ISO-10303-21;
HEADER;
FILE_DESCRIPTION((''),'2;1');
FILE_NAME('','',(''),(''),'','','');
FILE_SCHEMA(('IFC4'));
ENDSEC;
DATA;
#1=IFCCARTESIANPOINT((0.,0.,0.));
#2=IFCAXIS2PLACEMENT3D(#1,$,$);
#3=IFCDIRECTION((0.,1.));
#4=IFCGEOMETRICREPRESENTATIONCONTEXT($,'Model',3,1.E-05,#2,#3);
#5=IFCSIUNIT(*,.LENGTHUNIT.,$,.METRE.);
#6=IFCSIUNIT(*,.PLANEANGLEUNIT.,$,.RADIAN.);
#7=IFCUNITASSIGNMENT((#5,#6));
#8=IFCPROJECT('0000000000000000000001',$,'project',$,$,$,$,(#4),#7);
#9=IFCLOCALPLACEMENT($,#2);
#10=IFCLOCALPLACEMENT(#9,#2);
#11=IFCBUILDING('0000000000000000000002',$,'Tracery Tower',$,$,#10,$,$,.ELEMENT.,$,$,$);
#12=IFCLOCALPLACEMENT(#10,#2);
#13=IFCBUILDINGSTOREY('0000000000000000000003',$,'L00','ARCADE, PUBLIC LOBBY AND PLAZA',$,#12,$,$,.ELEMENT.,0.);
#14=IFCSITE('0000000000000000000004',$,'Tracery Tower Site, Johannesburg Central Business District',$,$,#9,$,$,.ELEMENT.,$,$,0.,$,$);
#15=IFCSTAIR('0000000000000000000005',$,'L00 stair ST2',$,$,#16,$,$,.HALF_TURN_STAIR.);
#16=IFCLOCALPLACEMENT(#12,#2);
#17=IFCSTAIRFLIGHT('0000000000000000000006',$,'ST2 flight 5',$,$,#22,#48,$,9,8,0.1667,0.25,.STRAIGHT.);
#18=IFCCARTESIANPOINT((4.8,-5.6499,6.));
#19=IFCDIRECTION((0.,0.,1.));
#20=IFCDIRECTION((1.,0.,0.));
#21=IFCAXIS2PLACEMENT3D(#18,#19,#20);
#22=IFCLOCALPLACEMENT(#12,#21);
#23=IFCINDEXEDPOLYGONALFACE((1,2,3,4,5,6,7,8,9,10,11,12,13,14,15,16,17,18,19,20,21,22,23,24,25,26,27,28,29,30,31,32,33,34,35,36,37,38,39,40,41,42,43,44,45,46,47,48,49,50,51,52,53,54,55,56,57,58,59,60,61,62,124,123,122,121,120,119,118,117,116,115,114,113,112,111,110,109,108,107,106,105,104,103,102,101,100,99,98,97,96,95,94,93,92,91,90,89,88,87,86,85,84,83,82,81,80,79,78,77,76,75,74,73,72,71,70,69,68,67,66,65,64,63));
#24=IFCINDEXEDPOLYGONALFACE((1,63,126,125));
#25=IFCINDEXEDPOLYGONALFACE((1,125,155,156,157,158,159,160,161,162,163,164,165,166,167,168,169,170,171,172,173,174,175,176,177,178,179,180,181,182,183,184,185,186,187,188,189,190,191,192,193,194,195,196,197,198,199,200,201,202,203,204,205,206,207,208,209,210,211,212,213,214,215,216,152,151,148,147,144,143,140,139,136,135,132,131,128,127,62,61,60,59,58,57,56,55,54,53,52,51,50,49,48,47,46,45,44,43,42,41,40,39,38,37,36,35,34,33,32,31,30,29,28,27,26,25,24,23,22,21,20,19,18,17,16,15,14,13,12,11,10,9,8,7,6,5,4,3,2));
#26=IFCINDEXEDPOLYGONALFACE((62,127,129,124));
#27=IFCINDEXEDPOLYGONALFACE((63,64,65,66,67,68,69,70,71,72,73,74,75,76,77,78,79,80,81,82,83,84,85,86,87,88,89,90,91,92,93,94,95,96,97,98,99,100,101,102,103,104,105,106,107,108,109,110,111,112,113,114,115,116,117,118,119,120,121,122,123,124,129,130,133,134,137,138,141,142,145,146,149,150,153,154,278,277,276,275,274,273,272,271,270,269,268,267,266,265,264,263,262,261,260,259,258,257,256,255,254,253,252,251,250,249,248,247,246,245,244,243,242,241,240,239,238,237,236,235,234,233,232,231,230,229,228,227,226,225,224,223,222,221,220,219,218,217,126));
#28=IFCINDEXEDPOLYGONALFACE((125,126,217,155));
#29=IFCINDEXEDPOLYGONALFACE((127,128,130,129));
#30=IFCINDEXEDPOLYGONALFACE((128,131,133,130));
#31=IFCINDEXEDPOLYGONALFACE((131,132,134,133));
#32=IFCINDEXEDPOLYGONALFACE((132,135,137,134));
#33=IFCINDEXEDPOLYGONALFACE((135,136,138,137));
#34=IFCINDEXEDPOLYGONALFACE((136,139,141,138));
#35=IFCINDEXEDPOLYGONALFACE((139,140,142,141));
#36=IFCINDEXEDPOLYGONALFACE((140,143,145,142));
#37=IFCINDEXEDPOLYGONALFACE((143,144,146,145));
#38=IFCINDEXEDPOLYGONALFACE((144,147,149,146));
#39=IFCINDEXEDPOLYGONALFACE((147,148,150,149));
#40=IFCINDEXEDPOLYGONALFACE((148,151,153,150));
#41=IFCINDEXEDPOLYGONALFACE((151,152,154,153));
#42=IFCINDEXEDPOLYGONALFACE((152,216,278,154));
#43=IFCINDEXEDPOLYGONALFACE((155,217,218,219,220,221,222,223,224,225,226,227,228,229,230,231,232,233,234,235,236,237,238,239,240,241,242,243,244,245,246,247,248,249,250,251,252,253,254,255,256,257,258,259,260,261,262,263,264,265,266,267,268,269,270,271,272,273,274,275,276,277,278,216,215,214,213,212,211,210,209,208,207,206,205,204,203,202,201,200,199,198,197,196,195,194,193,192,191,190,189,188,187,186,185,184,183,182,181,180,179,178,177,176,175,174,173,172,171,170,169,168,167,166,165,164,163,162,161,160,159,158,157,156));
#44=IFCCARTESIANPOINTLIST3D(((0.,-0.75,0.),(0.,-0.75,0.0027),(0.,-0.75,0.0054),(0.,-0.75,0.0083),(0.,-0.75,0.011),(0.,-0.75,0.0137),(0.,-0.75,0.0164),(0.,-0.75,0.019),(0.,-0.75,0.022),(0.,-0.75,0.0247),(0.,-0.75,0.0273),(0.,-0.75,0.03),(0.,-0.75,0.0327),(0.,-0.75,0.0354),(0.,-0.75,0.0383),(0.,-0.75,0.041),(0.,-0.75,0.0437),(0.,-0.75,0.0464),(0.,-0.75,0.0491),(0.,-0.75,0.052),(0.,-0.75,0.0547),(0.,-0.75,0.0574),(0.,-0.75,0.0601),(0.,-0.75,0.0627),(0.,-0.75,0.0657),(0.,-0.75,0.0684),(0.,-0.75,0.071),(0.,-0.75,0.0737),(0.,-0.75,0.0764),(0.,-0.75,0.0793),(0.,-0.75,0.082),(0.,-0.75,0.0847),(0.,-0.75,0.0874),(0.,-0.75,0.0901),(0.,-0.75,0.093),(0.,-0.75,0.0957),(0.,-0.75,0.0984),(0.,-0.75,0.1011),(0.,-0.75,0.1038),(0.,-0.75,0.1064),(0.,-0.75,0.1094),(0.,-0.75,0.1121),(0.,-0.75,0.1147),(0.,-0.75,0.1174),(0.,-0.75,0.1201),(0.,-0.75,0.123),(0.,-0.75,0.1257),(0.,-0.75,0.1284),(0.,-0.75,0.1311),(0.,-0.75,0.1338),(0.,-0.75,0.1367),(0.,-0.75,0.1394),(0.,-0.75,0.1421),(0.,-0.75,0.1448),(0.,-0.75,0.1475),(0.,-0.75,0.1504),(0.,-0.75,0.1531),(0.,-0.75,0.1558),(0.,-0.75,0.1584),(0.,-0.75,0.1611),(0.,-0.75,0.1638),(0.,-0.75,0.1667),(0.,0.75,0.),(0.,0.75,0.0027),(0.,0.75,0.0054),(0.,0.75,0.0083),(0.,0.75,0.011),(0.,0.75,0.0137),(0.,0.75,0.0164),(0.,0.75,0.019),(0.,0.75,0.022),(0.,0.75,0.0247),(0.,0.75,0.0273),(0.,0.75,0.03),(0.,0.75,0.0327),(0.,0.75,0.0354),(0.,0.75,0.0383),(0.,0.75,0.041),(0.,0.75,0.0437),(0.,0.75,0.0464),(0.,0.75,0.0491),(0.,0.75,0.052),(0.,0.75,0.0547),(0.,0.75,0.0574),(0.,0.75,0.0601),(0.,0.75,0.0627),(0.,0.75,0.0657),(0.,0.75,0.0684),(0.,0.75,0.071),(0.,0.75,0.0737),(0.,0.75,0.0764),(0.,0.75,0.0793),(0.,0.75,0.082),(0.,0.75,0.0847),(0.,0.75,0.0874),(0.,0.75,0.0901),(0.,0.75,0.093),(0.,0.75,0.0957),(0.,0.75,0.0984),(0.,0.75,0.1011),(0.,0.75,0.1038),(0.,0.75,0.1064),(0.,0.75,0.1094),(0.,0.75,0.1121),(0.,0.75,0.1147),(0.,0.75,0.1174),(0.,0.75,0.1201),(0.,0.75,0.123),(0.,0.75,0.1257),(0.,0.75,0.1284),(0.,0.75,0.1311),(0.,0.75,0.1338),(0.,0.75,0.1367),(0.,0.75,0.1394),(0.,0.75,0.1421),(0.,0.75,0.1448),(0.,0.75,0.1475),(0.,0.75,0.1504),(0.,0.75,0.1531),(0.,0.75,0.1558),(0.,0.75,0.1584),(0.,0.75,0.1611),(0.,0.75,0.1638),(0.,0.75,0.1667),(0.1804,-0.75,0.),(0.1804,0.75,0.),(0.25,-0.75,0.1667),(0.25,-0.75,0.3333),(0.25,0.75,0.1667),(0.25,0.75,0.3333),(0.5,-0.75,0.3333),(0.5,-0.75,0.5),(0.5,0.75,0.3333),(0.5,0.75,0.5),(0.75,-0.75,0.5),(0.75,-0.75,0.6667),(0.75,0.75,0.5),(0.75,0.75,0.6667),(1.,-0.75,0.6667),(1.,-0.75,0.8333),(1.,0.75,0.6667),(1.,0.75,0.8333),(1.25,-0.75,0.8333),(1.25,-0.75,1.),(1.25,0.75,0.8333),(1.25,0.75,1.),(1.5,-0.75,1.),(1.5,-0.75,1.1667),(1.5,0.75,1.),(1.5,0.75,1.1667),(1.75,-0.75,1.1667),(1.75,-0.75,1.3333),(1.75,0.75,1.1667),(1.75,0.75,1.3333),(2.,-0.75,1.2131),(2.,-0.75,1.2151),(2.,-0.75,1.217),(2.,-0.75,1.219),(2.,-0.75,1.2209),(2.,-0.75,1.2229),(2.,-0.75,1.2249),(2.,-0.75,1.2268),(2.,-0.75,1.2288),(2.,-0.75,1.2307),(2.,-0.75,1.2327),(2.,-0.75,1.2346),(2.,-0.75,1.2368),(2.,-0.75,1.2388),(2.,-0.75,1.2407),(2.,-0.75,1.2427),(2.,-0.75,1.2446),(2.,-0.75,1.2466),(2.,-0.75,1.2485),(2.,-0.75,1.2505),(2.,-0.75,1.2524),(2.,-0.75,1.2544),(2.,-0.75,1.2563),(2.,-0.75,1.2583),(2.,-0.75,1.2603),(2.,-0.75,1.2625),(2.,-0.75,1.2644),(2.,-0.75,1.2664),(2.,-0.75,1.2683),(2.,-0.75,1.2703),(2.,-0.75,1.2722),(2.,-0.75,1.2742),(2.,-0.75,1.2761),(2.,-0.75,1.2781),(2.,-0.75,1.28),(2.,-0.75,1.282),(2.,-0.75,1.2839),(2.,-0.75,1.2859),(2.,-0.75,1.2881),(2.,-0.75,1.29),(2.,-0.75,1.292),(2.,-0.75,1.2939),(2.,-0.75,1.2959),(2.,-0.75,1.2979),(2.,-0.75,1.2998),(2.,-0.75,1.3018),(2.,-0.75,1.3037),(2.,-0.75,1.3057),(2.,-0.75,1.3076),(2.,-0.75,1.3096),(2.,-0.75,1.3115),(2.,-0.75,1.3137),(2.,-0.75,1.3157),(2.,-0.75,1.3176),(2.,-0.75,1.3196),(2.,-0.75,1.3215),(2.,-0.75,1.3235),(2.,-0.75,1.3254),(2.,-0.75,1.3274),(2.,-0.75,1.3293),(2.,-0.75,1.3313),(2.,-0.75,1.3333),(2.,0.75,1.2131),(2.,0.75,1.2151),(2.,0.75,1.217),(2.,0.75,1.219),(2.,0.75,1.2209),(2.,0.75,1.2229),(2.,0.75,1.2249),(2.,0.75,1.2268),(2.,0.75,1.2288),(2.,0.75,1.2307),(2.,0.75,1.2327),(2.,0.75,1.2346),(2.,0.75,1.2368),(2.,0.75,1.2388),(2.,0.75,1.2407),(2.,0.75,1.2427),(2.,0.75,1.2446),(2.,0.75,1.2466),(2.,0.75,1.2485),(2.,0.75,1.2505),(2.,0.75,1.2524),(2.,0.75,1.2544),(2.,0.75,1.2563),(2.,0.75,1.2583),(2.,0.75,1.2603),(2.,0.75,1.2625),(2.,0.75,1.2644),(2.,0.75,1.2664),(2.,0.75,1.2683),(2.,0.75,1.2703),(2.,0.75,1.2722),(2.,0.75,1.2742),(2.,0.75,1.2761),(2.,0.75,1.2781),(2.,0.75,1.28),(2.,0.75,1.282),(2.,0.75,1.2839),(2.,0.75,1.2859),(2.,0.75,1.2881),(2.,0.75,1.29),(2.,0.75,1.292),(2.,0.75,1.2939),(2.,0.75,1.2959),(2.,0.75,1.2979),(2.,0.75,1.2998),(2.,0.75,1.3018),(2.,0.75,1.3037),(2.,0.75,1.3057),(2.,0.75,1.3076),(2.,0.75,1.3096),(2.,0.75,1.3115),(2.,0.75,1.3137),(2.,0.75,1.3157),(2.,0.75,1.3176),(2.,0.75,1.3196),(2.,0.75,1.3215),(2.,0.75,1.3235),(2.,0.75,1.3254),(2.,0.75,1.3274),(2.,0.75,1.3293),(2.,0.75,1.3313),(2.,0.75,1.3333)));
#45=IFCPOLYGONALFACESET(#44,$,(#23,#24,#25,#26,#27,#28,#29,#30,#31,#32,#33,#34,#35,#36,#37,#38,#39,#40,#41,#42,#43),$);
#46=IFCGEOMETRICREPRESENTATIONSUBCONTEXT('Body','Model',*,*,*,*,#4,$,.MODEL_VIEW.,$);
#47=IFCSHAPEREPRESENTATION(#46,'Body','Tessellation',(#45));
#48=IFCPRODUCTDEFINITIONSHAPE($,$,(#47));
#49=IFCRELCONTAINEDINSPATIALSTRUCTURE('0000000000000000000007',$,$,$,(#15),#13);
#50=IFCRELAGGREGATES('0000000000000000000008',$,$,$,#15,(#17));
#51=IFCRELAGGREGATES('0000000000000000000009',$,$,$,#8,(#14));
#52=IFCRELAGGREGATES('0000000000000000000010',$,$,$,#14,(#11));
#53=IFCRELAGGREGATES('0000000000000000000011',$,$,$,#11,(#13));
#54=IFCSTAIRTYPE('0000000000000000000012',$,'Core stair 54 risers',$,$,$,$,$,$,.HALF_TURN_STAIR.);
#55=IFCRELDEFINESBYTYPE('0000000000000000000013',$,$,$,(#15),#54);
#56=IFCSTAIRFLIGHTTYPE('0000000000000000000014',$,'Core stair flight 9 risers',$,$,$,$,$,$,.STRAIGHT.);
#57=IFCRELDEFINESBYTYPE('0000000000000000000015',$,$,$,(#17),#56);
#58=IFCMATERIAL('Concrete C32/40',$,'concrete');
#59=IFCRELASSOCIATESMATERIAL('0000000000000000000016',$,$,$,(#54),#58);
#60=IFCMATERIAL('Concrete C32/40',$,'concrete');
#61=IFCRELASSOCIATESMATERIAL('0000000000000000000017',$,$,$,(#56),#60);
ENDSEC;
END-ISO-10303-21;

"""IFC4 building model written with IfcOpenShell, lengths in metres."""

from ifc_helpers import new_model, si_unit, direction, frame, origin, place, context, subcontext, project, spatial, polyline, outline, extrude, material, type_object, element, aggregate, save


model = new_model("IFC4")

# Units and contexts
model_context = context("Model", 3, precision=1e-05, world=origin(), true_north=direction((0.0, 1.0)))
body_context = subcontext(model_context, "Body", "Model", "MODEL_VIEW")
ifc_project = project(units=[si_unit("LENGTHUNIT", "METRE"), si_unit("PLANEANGLEUNIT", "RADIAN")], contexts=[model_context])

# Site, building, storey
site_placement = place(None, origin())
site = spatial("IfcSite", under=ifc_project, at=site_placement, Name="Tracery Tower Site, Johannesburg Central Business District", CompositionType="ELEMENT", RefElevation=0.0)
building_placement = place(site_placement, origin())
building = spatial("IfcBuilding", under=site, at=building_placement, Name="Tracery Tower", CompositionType="ELEMENT")
storey_placement = place(building_placement, origin())
storey = spatial("IfcBuildingStorey", under=building, at=storey_placement, Name="L00", Description="ARCADE, PUBLIC LOBBY AND PLAZA", CompositionType="ELEMENT", Elevation=0.0)

# Stair, stair flight
ifc_material_1 = material(Name="Concrete C32/40", Category="concrete")
stair_type = type_object("IfcStairType", Name="Core stair 54 risers", PredefinedType="HALF_TURN_STAIR", material=ifc_material_1)
stair_placement = place(storey_placement, origin())
stair = element("IfcStair", 1, at=stair_placement, inside=storey, type_object=stair_type, Name="L00 stair ST2", PredefinedType="HALF_TURN_STAIR")
ifc_material_2 = material(Name="Concrete C32/40", Category="concrete")
stair_flight_type = type_object("IfcStairFlightType", Name="Core stair flight 9 risers", PredefinedType="STRAIGHT", material=ifc_material_2)
stair_flight_1_placement = place(storey_placement, frame((4.8, -5.6499, 6.0), z_axis=(0.0, 0.0, 1.0), x_axis=(1.0, 0.0, 0.0)))
stair_flight_1 = element("IfcStairFlight", 2, at=stair_flight_1_placement, type_object=stair_flight_type, Name="ST2 flight 5", NumberOfRisers=9, NumberOfTreads=8, PredefinedType="STRAIGHT", RiserHeight=0.1667, TreadLength=0.25, context=body_context, shape_type="SweptSolid", body=[
    extrude(outline(polyline([(0.0, 0.0), (0.0, 0.0027), (0.0, 0.0054), (0.0, 0.0083), (0.0, 0.011), (0.0, 0.0137), (0.0, 0.0164), (0.0, 0.019), (0.0, 0.022), (0.0, 0.0247), (0.0, 0.0273), (0.0, 0.03), (0.0, 0.0327), (0.0, 0.0354), (0.0, 0.0383), (0.0, 0.041), (0.0, 0.0437), (0.0, 0.0464), (0.0, 0.0491), (0.0, 0.052), (0.0, 0.0547), (0.0, 0.0574), (0.0, 0.0601), (0.0, 0.0627), (0.0, 0.0657), (0.0, 0.0684), (0.0, 0.071), (0.0, 0.0737), (0.0, 0.0764), (0.0, 0.0793), (0.0, 0.082), (0.0, 0.0847), (0.0, 0.0874), (0.0, 0.0901), (0.0, 0.093), (0.0, 0.0957), (0.0, 0.0984), (0.0, 0.1011), (0.0, 0.1038), (0.0, 0.1064), (0.0, 0.1094), (0.0, 0.1121), (0.0, 0.1147), (0.0, 0.1174), (0.0, 0.1201), (0.0, 0.123), (0.0, 0.1257), (0.0, 0.1284), (0.0, 0.1311), (0.0, 0.1338), (0.0, 0.1367), (0.0, 0.1394), (0.0, 0.1421), (0.0, 0.1448), (0.0, 0.1475), (0.0, 0.1504), (0.0, 0.1531), (0.0, 0.1558), (0.0, 0.1584), (0.0, 0.1611), (0.0, 0.1638), (0.0, 0.1667), (0.25, 0.1667), (0.25, 0.3333), (0.5, 0.3333), (0.5, 0.5), (0.75, 0.5), (0.75, 0.6667), (1.0, 0.6667), (1.0, 0.8333), (1.25, 0.8333), (1.25, 1.0), (1.5, 1.0), (1.5, 1.1667), (1.75, 1.1667), (1.75, 1.3333), (2.0, 1.3333), (2.0, 1.3313), (2.0, 1.3293), (2.0, 1.3274), (2.0, 1.3254), (2.0, 1.3235), (2.0, 1.3215), (2.0, 1.3196), (2.0, 1.3176), (2.0, 1.3157), (2.0, 1.3137), (2.0, 1.3115), (2.0, 1.3096), (2.0, 1.3076), (2.0, 1.3057), (2.0, 1.3037), (2.0, 1.3018), (2.0, 1.2998), (2.0, 1.2979), (2.0, 1.2959), (2.0, 1.2939), (2.0, 1.292), (2.0, 1.29), (2.0, 1.2881), (2.0, 1.2859), (2.0, 1.2839), (2.0, 1.282), (2.0, 1.28), (2.0, 1.2781), (2.0, 1.2761), (2.0, 1.2742), (2.0, 1.2722), (2.0, 1.2703), (2.0, 1.2683), (2.0, 1.2664), (2.0, 1.2644), (2.0, 1.2625), (2.0, 1.2603), (2.0, 1.2583), (2.0, 1.2563), (2.0, 1.2544), (2.0, 1.2524), (2.0, 1.2505), (2.0, 1.2485), (2.0, 1.2466), (2.0, 1.2446), (2.0, 1.2427), (2.0, 1.2407), (2.0, 1.2388), (2.0, 1.2368), (2.0, 1.2346), (2.0, 1.2327), (2.0, 1.2307), (2.0, 1.2288), (2.0, 1.2268), (2.0, 1.2249), (2.0, 1.2229), (2.0, 1.2209), (2.0, 1.219), (2.0, 1.217), (2.0, 1.2151), (2.0, 1.2131), (0.1804, 0.0), (0.0, 0.0)])), frame((0.0, 0.75, 0.0), z_axis=(0.0, -1.0, 0.0), x_axis=(1.0, 0.0, 0.0)), (0.0, 0.0, 1.0), 1.5),
])
aggregate(stair, [stair_flight_1])

save(model, "model.ifc")
